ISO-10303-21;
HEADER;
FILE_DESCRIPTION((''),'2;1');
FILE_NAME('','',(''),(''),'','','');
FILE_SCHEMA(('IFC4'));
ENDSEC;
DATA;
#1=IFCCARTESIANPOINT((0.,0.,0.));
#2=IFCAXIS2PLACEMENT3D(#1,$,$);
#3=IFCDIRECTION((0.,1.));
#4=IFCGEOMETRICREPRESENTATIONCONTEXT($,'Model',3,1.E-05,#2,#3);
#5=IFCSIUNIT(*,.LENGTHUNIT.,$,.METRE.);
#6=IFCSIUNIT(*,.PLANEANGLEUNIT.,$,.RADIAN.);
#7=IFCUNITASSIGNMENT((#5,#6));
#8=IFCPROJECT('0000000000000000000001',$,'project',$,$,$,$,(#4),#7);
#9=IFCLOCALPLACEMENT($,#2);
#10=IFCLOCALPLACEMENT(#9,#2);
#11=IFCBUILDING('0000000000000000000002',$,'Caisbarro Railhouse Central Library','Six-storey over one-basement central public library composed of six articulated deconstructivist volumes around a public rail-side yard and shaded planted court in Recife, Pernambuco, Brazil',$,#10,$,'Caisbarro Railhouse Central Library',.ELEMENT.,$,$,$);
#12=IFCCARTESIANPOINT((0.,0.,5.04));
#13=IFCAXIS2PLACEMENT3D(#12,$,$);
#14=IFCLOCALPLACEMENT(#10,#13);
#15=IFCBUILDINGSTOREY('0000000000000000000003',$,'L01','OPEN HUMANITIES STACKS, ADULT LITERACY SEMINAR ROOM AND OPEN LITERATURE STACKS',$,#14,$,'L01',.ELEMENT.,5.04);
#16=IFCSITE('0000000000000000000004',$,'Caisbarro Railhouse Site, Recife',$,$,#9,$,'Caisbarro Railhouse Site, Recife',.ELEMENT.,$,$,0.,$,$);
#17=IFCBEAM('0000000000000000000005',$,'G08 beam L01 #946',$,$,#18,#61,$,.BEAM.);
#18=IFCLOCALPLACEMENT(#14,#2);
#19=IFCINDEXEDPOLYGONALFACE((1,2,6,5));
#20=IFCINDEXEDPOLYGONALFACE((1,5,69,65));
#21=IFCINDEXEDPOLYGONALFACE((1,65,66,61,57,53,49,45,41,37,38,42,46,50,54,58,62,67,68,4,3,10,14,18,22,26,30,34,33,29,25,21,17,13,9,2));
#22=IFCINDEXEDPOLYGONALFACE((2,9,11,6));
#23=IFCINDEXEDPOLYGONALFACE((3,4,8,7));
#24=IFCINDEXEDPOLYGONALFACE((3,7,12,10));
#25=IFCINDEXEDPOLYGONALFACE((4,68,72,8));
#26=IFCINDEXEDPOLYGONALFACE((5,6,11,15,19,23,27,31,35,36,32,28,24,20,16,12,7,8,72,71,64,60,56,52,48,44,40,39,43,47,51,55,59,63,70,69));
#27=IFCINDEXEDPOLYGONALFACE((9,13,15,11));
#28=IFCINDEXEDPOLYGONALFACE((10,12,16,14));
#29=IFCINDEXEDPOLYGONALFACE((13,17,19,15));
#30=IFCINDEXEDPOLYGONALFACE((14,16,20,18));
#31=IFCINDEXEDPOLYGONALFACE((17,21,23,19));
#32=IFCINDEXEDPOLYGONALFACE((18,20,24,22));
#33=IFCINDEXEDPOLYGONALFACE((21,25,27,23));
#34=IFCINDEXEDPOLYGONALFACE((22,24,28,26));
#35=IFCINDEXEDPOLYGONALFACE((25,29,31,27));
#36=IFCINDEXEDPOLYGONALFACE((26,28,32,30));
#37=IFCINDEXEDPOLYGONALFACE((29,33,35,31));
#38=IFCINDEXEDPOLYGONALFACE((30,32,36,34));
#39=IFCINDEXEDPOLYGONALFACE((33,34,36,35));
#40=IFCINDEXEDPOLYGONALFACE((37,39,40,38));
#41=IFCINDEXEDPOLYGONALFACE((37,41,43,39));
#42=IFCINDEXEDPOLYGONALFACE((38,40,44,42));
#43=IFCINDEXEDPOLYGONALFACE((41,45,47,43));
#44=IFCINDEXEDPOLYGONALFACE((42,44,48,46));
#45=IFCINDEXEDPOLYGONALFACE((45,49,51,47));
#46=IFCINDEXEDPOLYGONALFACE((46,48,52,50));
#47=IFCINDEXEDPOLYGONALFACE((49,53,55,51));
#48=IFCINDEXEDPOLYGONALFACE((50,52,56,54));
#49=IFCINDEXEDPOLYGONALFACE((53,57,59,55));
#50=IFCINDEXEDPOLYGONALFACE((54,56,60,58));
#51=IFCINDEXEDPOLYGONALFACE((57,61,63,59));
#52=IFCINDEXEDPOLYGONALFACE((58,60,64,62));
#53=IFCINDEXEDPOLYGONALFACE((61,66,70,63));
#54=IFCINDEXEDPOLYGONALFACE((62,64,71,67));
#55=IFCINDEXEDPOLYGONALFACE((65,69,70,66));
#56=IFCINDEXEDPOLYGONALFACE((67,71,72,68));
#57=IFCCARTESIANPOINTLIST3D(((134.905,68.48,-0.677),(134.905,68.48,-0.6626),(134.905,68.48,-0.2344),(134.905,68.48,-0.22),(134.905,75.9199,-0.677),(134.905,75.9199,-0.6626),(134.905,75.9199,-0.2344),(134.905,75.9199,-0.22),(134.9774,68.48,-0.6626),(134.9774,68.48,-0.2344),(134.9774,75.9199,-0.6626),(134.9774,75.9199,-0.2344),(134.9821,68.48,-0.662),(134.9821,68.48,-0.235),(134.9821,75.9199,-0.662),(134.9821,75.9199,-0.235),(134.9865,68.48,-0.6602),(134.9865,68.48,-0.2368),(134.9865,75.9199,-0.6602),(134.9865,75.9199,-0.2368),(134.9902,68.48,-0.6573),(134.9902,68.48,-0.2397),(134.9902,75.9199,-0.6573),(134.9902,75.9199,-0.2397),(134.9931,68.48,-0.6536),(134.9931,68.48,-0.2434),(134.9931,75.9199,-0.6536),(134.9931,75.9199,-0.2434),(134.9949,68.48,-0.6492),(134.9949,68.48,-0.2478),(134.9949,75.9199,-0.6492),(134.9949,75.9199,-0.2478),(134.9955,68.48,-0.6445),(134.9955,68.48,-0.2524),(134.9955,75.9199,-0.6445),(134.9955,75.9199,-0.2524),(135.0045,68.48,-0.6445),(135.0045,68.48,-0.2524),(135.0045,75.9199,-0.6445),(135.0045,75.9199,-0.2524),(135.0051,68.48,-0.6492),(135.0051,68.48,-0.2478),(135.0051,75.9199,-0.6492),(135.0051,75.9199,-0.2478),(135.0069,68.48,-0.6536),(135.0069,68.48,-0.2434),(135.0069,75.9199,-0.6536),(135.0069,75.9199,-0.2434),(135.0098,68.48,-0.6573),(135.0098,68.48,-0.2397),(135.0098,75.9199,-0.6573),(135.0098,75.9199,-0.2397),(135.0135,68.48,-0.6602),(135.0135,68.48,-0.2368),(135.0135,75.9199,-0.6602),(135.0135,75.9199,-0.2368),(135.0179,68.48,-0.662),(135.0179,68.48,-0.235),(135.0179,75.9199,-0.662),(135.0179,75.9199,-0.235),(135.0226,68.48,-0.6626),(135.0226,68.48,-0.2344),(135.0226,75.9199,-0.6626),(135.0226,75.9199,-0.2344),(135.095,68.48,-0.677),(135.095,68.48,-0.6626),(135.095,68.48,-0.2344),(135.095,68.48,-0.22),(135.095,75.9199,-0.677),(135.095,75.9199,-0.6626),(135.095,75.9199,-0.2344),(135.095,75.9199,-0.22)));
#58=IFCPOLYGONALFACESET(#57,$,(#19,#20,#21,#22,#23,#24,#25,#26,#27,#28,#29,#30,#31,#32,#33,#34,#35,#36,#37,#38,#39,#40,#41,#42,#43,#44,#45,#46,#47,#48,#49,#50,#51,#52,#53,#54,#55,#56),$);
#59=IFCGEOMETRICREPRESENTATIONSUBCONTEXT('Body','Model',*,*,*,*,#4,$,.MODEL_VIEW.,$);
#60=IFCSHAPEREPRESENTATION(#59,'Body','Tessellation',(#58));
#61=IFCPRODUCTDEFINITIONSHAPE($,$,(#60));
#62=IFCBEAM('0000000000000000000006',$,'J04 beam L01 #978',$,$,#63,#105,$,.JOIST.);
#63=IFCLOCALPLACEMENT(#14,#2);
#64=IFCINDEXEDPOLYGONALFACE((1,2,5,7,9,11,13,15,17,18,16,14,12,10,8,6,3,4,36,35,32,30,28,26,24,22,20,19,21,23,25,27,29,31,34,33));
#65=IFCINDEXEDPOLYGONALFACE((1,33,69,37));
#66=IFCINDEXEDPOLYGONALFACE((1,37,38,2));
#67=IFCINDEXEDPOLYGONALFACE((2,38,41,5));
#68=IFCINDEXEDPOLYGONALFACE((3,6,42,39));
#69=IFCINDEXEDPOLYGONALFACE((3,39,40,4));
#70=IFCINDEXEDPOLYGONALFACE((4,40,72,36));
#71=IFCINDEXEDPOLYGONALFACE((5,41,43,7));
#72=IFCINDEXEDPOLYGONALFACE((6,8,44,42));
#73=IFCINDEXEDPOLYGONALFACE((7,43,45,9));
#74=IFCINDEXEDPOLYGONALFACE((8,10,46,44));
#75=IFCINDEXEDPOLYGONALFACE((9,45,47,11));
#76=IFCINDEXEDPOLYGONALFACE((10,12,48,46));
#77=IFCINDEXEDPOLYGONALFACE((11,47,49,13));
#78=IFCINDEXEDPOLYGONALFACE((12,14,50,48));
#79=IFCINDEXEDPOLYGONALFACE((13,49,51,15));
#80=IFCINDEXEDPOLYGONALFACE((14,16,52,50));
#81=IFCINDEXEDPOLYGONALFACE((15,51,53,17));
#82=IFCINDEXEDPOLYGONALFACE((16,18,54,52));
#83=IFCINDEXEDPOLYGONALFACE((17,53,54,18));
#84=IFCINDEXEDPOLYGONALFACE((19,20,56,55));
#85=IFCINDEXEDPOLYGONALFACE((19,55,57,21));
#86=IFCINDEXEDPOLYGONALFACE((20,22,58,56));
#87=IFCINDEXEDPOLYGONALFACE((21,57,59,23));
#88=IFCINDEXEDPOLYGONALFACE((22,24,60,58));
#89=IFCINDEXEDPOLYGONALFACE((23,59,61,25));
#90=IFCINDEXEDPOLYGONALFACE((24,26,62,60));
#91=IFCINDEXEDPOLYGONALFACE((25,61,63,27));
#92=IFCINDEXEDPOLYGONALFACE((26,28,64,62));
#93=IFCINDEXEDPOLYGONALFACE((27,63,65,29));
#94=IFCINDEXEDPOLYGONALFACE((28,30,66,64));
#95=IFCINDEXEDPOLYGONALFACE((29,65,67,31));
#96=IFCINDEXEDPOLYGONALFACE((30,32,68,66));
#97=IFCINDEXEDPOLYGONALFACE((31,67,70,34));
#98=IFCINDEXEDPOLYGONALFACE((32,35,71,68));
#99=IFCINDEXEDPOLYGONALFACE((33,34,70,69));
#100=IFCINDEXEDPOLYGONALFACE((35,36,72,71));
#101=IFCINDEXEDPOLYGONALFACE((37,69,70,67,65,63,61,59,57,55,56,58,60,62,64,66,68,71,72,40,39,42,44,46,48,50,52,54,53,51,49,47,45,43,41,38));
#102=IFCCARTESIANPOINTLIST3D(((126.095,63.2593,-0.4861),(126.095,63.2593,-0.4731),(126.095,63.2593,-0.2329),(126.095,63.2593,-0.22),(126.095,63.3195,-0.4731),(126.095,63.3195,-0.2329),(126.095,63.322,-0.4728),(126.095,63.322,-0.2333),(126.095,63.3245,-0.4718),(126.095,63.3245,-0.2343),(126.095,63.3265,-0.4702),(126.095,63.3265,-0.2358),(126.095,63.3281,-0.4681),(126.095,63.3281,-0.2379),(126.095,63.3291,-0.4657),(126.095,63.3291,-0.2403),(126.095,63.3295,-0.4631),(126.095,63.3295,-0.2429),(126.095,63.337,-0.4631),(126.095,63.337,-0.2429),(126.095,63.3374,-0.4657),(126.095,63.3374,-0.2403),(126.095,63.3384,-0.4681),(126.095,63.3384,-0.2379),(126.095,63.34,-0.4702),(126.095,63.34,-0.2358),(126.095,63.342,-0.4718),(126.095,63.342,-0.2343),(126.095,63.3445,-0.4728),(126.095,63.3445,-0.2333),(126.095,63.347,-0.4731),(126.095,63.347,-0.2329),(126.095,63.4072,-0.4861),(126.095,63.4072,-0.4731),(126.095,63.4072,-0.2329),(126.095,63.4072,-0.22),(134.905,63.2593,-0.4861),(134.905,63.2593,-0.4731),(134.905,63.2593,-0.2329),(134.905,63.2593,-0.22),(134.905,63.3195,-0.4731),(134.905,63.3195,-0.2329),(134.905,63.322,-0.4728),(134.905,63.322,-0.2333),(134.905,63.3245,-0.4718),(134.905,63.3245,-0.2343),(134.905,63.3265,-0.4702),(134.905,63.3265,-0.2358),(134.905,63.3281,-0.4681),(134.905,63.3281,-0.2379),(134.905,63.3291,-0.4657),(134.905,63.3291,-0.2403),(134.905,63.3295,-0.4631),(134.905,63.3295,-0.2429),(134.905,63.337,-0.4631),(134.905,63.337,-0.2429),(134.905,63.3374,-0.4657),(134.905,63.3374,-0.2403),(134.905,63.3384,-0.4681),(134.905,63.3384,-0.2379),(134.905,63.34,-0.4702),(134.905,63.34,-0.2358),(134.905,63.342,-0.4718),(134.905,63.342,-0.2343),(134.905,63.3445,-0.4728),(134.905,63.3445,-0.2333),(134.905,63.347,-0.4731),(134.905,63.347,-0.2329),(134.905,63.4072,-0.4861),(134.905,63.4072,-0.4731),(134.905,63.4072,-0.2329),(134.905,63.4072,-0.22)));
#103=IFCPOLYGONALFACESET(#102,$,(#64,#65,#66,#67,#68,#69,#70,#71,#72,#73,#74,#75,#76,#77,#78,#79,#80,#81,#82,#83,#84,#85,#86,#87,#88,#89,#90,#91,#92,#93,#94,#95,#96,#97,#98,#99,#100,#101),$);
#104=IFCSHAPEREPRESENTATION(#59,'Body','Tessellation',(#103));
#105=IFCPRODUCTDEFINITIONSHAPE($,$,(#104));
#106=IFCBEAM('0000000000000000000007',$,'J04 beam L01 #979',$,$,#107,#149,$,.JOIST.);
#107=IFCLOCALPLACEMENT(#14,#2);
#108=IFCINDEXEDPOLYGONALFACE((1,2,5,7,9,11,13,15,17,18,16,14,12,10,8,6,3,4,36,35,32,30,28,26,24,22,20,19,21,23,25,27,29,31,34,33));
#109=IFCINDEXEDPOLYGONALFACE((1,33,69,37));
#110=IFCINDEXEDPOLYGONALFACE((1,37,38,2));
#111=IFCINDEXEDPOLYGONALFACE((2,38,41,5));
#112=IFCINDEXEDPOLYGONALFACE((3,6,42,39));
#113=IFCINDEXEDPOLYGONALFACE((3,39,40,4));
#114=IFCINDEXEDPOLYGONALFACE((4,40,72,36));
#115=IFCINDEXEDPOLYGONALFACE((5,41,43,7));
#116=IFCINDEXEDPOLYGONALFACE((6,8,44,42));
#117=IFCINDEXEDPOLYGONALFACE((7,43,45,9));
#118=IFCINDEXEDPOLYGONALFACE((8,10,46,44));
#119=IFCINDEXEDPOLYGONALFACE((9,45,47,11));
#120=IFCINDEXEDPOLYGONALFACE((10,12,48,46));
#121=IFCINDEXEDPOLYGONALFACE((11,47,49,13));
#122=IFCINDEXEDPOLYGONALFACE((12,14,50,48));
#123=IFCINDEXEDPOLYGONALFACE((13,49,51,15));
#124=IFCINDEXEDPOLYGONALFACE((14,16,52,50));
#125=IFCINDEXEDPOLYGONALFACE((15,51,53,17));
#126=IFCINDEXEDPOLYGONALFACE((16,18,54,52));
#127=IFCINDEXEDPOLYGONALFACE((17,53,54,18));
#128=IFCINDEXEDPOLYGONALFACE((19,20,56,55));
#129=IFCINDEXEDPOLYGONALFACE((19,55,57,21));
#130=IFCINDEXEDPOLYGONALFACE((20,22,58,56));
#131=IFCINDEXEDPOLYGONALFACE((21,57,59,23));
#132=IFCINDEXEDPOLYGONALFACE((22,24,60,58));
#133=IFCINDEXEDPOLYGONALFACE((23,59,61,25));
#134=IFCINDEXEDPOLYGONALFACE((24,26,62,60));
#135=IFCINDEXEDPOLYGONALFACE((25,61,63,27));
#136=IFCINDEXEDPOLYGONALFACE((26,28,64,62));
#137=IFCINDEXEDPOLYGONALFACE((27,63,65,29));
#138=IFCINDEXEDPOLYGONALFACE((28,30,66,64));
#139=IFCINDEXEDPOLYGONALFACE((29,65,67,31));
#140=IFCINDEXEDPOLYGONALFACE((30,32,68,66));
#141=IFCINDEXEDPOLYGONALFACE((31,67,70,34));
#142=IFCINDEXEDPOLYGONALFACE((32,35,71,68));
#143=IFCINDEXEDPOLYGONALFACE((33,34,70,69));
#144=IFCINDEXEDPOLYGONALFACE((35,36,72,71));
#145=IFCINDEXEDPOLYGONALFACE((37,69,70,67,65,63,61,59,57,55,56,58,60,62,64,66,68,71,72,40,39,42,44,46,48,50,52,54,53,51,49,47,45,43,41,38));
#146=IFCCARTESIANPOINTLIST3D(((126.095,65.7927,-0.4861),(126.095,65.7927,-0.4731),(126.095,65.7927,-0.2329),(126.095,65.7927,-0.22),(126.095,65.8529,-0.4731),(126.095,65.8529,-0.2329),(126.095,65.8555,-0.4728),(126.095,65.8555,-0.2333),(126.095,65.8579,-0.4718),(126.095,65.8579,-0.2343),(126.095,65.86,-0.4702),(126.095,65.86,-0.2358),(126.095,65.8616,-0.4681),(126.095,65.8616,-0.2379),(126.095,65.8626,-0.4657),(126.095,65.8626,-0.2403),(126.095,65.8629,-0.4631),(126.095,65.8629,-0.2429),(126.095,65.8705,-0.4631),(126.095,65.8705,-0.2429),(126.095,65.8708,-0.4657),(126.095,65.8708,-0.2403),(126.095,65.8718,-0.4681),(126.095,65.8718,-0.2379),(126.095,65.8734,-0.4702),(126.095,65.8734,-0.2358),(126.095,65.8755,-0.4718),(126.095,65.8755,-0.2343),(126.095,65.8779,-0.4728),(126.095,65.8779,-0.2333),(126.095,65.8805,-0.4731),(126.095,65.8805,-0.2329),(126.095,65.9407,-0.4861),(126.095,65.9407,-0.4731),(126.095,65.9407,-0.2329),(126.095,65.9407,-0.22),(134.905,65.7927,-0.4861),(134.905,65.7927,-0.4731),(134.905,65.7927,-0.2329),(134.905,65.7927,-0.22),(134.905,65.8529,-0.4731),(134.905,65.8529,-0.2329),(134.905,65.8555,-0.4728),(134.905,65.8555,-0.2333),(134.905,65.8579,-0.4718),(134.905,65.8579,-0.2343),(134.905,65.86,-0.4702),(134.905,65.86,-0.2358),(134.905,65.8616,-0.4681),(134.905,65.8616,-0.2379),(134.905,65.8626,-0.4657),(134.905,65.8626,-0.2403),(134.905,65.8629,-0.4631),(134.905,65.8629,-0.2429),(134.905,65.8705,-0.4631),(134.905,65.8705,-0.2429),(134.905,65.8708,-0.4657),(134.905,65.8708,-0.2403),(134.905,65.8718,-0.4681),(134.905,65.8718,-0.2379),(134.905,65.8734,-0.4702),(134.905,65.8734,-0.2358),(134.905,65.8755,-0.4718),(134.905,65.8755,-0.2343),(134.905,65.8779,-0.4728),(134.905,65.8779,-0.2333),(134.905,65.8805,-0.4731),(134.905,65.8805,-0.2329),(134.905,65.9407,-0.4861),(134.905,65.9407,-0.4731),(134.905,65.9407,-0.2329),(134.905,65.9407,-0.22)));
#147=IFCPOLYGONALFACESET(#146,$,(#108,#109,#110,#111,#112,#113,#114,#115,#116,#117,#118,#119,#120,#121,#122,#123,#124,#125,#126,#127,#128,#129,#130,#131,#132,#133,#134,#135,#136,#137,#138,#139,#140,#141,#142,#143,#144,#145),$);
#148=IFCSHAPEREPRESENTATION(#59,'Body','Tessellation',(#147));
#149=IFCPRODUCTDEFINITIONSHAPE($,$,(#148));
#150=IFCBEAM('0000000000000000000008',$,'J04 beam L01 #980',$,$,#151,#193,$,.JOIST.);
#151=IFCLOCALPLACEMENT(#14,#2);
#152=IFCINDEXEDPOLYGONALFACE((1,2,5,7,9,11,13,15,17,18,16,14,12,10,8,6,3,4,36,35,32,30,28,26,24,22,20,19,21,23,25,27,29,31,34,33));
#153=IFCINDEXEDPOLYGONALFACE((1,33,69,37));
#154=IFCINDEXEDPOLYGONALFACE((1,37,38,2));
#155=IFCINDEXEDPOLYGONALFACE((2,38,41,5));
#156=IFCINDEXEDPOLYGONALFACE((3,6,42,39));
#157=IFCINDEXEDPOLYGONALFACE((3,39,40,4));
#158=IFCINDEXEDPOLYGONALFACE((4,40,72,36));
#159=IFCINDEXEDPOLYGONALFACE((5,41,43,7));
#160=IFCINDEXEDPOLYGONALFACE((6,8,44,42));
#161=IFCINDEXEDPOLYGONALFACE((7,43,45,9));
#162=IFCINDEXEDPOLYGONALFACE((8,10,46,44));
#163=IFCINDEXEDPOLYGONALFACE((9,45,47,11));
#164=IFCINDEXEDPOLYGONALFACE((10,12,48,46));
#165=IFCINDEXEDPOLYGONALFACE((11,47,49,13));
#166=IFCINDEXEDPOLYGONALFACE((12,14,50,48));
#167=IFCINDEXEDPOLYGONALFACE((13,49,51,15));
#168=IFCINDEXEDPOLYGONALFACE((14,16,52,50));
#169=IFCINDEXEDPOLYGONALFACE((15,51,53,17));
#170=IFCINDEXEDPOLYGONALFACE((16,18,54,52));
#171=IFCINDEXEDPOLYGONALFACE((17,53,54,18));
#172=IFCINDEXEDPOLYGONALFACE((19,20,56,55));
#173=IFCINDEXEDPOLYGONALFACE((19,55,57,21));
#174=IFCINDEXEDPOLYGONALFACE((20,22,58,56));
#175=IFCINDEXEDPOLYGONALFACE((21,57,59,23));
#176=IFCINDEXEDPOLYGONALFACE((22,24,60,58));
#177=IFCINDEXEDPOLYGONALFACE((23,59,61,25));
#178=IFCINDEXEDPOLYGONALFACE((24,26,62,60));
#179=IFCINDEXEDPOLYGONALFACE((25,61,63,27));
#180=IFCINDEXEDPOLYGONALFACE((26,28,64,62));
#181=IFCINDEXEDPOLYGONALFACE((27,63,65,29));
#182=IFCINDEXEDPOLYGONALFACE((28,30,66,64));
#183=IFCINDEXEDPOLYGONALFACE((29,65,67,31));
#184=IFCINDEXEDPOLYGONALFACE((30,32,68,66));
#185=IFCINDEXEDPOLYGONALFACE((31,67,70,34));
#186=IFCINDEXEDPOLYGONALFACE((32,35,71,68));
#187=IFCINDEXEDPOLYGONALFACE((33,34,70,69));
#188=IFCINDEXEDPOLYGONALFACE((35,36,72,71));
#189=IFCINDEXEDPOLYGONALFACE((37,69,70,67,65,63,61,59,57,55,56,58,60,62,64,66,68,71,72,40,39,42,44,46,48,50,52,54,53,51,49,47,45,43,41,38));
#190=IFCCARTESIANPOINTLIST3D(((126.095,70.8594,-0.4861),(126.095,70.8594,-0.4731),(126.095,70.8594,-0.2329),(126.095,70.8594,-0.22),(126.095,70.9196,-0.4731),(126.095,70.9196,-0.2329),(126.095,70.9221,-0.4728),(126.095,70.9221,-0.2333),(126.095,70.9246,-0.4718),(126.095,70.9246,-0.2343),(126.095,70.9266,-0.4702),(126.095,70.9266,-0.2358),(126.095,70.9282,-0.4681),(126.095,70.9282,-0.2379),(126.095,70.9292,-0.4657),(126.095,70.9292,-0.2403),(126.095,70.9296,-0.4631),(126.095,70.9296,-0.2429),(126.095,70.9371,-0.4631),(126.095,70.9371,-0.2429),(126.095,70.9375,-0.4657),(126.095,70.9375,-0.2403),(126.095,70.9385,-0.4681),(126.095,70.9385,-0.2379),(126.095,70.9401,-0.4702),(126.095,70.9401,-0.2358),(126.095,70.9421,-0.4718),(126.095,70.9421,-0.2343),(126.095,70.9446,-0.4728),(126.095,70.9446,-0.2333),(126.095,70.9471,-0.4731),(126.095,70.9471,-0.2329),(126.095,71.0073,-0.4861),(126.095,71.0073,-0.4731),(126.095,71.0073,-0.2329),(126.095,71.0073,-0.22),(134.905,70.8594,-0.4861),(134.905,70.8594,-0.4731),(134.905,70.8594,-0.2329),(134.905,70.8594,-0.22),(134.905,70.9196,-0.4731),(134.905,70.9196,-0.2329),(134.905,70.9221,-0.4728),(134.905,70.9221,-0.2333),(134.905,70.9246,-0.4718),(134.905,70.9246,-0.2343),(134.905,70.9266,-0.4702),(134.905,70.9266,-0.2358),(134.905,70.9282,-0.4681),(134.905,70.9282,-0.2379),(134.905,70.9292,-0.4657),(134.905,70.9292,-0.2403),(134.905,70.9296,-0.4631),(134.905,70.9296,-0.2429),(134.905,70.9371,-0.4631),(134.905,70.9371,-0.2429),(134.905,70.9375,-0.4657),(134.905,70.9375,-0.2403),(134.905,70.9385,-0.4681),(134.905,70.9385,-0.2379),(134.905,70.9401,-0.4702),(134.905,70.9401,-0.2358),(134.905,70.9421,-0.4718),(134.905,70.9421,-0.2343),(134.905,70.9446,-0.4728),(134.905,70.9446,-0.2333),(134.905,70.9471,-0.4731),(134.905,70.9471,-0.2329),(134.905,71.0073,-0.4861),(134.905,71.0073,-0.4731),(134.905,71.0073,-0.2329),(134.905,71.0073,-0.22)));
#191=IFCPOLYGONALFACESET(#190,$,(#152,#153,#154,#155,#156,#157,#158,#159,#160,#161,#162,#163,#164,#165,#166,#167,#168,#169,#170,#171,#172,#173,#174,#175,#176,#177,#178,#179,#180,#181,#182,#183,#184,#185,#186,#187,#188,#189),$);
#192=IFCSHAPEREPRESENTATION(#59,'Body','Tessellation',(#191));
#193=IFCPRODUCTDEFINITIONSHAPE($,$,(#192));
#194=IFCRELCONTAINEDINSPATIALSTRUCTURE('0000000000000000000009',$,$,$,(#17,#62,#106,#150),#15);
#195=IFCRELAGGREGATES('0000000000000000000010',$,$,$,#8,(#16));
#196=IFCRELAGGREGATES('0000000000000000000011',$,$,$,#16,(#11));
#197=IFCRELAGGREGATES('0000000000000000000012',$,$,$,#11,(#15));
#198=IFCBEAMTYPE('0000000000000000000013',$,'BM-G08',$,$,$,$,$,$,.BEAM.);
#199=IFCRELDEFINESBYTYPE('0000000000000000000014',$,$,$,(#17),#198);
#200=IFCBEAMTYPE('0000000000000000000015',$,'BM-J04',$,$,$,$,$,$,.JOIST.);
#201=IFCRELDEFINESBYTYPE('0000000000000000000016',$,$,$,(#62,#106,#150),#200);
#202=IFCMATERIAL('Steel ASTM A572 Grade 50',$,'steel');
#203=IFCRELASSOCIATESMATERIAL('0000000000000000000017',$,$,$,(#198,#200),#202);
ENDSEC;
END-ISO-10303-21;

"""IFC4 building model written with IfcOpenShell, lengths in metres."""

from ifc_helpers import new_model, si_unit, direction, frame, origin, origin_2d, place, context, subcontext, project, spatial, i_section, extrude, material, material_profile, profile_set, type_object, element, save


model = new_model("IFC4")

# Units and contexts
model_context = context("Model", 3, precision=1e-05, world=origin(), true_north=direction((0.0, 1.0)))
body_context = subcontext(model_context, "Body", "Model", "MODEL_VIEW")
ifc_project = project(units=[si_unit("LENGTHUNIT", "METRE"), si_unit("PLANEANGLEUNIT", "RADIAN")], contexts=[model_context])

# Site, building, storey
site_placement = place(None, origin())
site = spatial("IfcSite", under=ifc_project, at=site_placement, Name="Caisbarro Railhouse Site, Recife", LongName="Caisbarro Railhouse Site, Recife", CompositionType="ELEMENT", RefElevation=0.0)
building_placement = place(site_placement, origin())
building = spatial("IfcBuilding", under=site, at=building_placement, Name="Caisbarro Railhouse Central Library", Description="Six-storey over one-basement central public library composed of six articulated deconstructivist volumes around a public rail-side yard and shaded planted court in Recife, Pernambuco, Brazil", LongName="Caisbarro Railhouse Central Library", CompositionType="ELEMENT")
storey_placement = place(building_placement, frame((0.0, 0.0, 5.04)))
storey = spatial("IfcBuildingStorey", under=building, at=storey_placement, Name="L01", Description="OPEN HUMANITIES STACKS, ADULT LITERACY SEMINAR ROOM AND OPEN LITERATURE STACKS", LongName="L01", CompositionType="ELEMENT", Elevation=5.04)

# Shared definitions
ifc_material_1 = material(Name="Steel ASTM A572 Grade 50", Category="steel")

# Beams
ifc_material_profile_1 = material_profile(ifc_material_1, i_section(OverallWidth=0.1899, OverallDepth=0.457, WebThickness=0.009, FlangeThickness=0.0144, FilletRadius=0.0181, at=origin_2d()), Name="W460X74.0")
ifc_profile_set_1 = profile_set([ifc_material_profile_1], Name="Steel ASTM A572 Grade 50")
beam_type_1 = type_object("IfcBeamType", Name="BM-G08", PredefinedType="BEAM", material=ifc_profile_set_1)
beam_1_placement = place(storey_placement, frame((135.0, 68.48, -0.4485), z_axis=(0.0, 1.0, 0.0), x_axis=(-1.0, 0.0, 0.0)))
element("IfcBeam", 1, at=beam_1_placement, inside=storey, type_object=beam_type_1, Name="G08 beam L01 #946", PredefinedType="BEAM", context=body_context, shape_type="SweptSolid", body=[
    extrude(i_section(OverallWidth=0.1899, OverallDepth=0.457, WebThickness=0.009, FlangeThickness=0.0144, FilletRadius=0.0181, at=origin_2d()), origin(), (0.0, 0.0, 1.0), 7.4399),
])
ifc_material_profile_2 = material_profile(ifc_material_1, i_section(OverallWidth=0.1479, OverallDepth=0.2661, WebThickness=0.0076, FlangeThickness=0.0129, FilletRadius=0.01, at=origin_2d()), Name="W250X44.8")
ifc_profile_set_2 = profile_set([ifc_material_profile_2], Name="Steel ASTM A572 Grade 50")
beam_type_2 = type_object("IfcBeamType", Name="BM-J04", PredefinedType="JOIST", material=ifc_profile_set_2)
for number, where, z_axis, x_axis, name in (
    (2, (126.095, 63.3333, -0.353), (1.0, 0.0, 0.0), (0.0, 1.0, 0.0), "J04 beam L01 #978"),
    (3, (126.095, 65.8667, -0.353), (1.0, 0.0, 0.0), (0.0, 1.0, 0.0), "J04 beam L01 #979"),
    (4, (126.095, 70.9333, -0.353), (1.0, 0.0, 0.0), (0.0, 1.0, 0.0), "J04 beam L01 #980"),
):
    element("IfcBeam", number, at=place(storey_placement, frame(where, z_axis=z_axis, x_axis=x_axis)), inside=storey, type_object=beam_type_2, Name=name, PredefinedType="JOIST", context=body_context, shape_type="SweptSolid", body=[
        extrude(i_section(OverallWidth=0.1479, OverallDepth=0.2661, WebThickness=0.0076, FlangeThickness=0.0129, FilletRadius=0.01, at=origin_2d()), origin(), (0.0, 0.0, 1.0), 8.8101),
    ])

save(model, "model.ifc")
